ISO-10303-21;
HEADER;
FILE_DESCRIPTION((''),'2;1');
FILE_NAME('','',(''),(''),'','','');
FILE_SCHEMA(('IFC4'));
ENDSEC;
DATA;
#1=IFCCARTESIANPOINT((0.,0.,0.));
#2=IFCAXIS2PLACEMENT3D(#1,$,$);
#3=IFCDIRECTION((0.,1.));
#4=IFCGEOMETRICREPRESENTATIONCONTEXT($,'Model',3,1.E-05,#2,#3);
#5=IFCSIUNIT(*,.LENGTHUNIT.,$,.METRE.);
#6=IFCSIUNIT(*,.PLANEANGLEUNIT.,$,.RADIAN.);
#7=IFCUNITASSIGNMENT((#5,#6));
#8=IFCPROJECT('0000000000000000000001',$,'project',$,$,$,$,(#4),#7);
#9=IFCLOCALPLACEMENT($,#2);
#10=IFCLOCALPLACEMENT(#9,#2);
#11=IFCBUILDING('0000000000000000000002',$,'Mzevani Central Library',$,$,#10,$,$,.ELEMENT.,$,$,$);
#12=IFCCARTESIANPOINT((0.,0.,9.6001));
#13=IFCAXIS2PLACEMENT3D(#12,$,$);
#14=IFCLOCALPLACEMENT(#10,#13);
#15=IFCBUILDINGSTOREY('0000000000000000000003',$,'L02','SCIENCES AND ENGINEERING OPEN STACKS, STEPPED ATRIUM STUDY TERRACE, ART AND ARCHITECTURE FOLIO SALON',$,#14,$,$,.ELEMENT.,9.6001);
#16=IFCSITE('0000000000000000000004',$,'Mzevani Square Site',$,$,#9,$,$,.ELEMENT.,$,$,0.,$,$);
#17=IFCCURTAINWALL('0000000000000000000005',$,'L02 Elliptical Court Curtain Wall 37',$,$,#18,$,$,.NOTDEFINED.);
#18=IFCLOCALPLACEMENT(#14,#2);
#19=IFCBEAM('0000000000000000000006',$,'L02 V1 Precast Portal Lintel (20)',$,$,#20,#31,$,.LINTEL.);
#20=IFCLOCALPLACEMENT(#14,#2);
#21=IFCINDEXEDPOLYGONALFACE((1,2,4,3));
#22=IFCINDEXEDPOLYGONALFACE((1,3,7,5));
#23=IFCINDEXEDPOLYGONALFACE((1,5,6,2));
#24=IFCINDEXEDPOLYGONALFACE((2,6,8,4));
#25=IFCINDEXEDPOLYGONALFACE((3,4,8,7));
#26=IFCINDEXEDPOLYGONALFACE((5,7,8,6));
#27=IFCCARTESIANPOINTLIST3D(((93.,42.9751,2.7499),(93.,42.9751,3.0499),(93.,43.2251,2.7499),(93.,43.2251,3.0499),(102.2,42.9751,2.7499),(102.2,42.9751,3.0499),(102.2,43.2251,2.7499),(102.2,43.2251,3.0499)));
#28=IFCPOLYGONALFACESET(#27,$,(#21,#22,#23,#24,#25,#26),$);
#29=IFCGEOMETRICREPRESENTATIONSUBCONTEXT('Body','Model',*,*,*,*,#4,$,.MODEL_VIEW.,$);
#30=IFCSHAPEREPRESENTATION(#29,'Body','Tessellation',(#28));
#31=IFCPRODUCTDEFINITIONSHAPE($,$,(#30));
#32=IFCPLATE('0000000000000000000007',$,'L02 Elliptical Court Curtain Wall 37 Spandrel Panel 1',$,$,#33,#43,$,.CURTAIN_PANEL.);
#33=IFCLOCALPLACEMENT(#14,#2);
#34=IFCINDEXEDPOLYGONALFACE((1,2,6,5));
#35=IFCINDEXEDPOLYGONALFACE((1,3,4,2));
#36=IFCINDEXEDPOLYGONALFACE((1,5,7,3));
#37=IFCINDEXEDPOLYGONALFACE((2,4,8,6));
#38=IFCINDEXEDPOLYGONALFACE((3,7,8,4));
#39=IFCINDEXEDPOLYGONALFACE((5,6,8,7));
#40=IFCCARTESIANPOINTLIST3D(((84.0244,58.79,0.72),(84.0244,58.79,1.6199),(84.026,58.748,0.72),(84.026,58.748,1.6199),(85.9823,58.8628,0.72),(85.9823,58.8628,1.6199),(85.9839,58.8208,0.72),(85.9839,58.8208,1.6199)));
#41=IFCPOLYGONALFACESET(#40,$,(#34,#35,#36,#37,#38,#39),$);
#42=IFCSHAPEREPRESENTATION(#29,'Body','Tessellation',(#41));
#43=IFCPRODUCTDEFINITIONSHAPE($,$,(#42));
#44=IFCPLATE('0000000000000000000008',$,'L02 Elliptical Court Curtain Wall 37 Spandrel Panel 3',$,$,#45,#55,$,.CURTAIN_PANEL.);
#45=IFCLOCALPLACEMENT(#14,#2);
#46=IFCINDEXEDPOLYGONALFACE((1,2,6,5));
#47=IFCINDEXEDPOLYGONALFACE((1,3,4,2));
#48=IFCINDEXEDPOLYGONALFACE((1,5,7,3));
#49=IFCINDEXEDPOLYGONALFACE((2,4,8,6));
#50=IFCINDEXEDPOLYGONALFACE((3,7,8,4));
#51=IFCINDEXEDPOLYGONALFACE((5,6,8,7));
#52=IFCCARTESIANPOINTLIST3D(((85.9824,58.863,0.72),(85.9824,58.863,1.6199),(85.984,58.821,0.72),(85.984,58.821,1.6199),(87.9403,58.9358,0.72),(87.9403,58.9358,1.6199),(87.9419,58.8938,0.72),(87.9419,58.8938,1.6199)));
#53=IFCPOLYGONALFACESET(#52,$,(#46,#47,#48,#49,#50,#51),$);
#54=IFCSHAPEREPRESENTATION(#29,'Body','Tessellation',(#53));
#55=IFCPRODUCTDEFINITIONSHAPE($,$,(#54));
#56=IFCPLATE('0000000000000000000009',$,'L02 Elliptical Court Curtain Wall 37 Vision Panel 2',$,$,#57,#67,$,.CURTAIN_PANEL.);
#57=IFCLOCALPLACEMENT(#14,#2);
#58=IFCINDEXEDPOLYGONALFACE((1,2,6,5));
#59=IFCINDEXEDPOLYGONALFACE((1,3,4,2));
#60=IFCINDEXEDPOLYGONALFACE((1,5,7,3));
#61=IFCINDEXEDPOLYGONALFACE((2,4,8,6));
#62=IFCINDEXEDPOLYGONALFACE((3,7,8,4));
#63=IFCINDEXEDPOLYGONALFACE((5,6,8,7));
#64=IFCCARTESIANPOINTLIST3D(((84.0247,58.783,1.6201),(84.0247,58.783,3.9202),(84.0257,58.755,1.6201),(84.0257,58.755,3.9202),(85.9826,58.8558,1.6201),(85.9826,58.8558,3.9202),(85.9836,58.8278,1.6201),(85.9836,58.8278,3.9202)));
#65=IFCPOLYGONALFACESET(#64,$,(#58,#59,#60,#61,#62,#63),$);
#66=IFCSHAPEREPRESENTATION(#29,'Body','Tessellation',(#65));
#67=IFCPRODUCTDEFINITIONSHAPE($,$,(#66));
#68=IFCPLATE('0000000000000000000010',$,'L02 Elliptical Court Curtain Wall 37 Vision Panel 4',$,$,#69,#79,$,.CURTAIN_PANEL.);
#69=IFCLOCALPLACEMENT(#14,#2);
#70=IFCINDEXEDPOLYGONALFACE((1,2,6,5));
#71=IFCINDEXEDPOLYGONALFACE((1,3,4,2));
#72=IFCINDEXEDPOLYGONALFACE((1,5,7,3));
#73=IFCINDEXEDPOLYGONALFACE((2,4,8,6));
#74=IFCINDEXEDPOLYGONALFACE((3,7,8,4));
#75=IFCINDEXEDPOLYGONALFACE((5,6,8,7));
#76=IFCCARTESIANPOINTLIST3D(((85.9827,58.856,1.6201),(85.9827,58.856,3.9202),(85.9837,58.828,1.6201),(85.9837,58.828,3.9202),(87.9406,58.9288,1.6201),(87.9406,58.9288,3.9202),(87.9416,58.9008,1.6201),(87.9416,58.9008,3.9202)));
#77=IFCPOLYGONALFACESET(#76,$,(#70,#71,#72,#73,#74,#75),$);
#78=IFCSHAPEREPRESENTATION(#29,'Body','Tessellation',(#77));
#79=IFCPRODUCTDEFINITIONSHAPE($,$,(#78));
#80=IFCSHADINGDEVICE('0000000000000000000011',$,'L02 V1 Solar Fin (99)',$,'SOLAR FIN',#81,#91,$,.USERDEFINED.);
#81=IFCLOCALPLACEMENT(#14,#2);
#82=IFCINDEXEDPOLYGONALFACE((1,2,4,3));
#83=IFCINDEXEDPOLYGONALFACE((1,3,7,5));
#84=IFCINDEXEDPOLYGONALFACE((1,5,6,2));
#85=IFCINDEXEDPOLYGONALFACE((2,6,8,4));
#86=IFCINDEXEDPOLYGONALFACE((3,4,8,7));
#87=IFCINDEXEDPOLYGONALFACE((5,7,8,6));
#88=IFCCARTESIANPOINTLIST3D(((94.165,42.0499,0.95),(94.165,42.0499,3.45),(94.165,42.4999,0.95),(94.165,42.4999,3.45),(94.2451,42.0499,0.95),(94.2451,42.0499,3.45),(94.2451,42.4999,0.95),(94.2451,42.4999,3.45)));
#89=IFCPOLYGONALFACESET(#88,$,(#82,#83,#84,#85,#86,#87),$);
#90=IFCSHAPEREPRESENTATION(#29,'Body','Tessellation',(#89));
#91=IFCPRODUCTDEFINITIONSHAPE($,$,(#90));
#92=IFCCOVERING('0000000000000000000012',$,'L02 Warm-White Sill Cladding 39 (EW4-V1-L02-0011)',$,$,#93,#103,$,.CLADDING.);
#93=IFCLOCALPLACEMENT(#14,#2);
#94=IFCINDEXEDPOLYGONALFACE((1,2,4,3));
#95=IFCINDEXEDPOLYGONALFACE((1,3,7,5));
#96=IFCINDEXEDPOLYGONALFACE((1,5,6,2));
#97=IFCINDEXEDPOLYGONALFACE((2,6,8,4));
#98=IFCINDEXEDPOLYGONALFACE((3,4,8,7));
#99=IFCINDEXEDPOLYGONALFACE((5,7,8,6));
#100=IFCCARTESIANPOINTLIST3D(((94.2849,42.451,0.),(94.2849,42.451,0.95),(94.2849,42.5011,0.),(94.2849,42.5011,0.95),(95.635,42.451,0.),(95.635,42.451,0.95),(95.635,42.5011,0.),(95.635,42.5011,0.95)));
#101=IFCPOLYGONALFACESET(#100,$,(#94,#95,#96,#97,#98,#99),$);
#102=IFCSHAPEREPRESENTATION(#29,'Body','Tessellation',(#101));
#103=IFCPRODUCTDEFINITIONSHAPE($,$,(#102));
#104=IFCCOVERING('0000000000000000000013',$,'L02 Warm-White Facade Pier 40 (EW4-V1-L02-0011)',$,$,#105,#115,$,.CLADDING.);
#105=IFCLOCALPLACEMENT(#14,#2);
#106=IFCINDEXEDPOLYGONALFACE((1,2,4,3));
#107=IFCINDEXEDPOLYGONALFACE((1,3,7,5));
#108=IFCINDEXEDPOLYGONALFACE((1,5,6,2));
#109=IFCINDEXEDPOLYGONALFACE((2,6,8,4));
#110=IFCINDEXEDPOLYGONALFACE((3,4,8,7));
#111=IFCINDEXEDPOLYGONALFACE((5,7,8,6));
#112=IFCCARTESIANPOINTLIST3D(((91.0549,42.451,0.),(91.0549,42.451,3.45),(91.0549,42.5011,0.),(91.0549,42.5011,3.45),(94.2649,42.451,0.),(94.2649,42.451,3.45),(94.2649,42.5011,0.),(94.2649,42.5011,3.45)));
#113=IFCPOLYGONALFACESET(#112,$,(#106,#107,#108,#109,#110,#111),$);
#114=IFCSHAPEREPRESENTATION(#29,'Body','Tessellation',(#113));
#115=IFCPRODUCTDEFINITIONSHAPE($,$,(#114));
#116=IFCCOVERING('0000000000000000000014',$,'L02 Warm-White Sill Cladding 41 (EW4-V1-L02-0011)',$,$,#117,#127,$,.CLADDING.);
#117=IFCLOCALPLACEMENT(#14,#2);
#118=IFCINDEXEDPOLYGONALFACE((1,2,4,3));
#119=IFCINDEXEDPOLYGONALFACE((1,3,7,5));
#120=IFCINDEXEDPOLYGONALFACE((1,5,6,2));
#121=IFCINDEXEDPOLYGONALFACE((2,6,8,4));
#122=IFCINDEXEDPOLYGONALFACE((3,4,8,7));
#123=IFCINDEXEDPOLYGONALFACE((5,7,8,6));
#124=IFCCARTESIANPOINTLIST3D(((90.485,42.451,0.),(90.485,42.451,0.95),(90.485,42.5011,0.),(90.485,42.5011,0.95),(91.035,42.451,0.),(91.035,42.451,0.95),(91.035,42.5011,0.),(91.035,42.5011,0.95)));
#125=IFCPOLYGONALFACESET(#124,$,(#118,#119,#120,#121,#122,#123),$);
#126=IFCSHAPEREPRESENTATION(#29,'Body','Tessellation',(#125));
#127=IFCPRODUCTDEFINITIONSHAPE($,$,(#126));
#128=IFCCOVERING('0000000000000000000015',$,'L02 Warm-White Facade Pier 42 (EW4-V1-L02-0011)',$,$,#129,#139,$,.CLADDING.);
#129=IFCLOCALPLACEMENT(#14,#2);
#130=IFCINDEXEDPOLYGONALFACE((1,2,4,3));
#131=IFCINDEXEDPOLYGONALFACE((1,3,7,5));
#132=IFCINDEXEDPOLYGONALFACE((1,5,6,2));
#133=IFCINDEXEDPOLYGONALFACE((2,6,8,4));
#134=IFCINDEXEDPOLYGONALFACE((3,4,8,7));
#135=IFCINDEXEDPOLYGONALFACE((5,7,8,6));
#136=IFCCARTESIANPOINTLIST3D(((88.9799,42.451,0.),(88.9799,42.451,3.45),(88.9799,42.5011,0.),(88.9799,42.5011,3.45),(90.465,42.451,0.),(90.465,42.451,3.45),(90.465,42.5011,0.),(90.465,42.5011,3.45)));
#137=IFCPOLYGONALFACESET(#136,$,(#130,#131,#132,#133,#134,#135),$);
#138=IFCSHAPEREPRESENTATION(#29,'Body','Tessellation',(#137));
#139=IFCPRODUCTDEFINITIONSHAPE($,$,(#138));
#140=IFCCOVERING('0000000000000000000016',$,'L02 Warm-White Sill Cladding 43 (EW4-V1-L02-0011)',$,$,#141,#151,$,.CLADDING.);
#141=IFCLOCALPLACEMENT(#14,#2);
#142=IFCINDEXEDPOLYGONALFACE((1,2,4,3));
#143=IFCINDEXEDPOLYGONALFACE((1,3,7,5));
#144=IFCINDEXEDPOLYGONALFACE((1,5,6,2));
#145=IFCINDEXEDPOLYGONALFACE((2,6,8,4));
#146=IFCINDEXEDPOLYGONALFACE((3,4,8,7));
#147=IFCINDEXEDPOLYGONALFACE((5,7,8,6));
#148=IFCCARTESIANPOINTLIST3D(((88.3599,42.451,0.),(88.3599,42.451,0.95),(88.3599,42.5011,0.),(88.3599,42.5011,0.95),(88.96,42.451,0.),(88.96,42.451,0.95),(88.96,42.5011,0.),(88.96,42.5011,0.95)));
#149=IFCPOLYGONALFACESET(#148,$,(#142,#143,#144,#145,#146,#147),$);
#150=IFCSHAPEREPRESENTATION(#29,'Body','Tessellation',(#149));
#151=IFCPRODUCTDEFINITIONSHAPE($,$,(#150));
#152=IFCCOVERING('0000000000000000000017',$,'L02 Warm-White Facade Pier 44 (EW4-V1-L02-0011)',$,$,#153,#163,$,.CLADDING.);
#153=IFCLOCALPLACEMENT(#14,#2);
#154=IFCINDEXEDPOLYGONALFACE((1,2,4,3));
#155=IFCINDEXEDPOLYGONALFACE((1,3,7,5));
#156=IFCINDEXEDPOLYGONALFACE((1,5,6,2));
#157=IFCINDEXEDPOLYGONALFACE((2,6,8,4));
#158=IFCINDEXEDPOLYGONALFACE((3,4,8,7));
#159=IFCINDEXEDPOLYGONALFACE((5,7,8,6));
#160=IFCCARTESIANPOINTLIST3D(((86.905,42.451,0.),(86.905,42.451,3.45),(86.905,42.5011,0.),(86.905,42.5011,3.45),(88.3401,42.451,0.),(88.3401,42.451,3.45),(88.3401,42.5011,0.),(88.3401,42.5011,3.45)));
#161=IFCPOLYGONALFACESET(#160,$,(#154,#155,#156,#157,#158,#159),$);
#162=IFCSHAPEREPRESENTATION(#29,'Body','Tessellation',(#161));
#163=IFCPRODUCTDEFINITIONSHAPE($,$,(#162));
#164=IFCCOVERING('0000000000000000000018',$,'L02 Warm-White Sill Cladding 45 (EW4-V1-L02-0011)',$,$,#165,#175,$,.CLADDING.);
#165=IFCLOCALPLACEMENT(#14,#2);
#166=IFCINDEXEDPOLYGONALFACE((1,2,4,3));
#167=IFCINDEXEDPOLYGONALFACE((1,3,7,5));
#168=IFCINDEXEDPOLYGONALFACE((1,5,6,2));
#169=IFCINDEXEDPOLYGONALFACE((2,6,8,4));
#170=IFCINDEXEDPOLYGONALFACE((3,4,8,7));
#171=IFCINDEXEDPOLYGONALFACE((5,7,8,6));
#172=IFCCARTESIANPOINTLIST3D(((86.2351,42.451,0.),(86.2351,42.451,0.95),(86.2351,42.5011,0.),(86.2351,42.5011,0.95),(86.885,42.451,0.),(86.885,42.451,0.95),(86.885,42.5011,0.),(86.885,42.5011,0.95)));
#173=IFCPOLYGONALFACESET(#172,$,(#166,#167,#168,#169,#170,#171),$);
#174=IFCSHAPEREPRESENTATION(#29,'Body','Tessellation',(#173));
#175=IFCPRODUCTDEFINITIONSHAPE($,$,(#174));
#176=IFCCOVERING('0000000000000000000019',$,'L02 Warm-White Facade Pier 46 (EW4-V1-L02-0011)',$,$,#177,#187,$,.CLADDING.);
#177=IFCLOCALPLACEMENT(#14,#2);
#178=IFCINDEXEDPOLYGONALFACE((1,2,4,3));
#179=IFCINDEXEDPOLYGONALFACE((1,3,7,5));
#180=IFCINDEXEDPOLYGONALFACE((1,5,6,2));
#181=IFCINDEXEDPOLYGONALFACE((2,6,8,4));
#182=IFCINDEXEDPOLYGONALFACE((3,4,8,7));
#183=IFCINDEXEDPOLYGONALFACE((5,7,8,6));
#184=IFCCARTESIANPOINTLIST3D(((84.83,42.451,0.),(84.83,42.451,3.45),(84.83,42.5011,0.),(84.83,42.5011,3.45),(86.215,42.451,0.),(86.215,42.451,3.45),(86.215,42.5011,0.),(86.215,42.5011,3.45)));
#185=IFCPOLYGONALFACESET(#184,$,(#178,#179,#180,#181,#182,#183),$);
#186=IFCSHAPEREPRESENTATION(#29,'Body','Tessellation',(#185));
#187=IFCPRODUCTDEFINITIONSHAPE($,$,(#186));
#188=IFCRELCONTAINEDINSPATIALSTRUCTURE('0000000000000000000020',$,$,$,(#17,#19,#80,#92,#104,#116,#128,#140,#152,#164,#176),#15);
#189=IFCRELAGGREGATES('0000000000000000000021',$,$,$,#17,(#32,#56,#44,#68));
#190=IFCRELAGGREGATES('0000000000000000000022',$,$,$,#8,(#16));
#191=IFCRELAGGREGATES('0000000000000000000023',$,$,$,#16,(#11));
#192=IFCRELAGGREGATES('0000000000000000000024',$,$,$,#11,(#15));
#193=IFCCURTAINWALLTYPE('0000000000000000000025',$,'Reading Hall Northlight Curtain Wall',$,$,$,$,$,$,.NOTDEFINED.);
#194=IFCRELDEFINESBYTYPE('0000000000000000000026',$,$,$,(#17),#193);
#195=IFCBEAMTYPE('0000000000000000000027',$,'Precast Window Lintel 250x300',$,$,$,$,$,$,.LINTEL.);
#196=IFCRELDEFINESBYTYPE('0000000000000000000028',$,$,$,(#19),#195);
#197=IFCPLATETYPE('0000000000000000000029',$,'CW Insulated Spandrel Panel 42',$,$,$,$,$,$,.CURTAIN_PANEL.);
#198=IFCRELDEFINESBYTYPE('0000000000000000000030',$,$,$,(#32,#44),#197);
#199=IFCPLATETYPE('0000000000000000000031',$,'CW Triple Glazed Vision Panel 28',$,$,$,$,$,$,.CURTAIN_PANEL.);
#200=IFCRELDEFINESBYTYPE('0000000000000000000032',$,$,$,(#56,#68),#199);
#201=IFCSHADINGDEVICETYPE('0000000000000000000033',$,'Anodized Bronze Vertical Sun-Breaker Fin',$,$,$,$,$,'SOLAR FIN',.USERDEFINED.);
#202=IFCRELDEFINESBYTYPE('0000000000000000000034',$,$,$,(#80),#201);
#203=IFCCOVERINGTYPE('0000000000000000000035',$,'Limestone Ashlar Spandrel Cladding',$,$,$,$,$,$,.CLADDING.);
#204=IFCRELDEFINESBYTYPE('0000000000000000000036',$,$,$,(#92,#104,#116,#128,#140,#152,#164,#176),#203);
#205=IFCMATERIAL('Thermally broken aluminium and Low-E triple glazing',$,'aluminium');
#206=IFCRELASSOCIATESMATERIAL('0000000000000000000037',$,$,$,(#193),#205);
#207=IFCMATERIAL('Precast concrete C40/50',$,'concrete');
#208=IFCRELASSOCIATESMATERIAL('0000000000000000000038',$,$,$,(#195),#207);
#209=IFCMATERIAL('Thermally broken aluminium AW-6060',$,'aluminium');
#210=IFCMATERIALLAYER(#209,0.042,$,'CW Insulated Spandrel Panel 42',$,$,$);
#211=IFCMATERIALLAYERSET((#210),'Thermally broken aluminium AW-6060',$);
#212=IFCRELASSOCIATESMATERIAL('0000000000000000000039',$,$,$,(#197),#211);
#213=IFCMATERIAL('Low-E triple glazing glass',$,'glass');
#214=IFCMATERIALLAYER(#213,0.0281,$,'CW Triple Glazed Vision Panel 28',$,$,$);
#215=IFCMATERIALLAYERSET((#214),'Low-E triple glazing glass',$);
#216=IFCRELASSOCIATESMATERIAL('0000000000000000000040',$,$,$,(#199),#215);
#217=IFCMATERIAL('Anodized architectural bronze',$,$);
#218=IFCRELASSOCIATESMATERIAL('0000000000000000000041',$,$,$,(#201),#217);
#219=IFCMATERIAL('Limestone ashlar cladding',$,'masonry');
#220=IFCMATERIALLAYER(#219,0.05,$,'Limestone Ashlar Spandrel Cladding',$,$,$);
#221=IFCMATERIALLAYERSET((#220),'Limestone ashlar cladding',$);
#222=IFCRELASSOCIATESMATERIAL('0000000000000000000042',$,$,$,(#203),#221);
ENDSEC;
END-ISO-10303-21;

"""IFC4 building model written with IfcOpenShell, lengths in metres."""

from ifc_helpers import new_model, si_unit, direction, frame, origin, origin_2d, place, context, subcontext, project, spatial, rectangle, extrude, material, layer, layer_set, material_profile, profile_set, type_object, element, aggregate, save


model = new_model("IFC4")

# Units and contexts
model_context = context("Model", 3, precision=1e-05, world=origin(), true_north=direction((0.0, 1.0)))
body_context = subcontext(model_context, "Body", "Model", "MODEL_VIEW")
ifc_project = project(units=[si_unit("LENGTHUNIT", "METRE"), si_unit("PLANEANGLEUNIT", "RADIAN")], contexts=[model_context])

# Site, building, storey
site_placement = place(None, origin())
site = spatial("IfcSite", under=ifc_project, at=site_placement, Name="Mzevani Square Site", CompositionType="ELEMENT", RefElevation=0.0)
building_placement = place(site_placement, origin())
building = spatial("IfcBuilding", under=site, at=building_placement, Name="Mzevani Central Library", CompositionType="ELEMENT")
storey_placement = place(building_placement, frame((0.0, 0.0, 9.6001)))
storey = spatial("IfcBuildingStorey", under=building, at=storey_placement, Name="L02", Description="SCIENCES AND ENGINEERING OPEN STACKS, STEPPED ATRIUM STUDY TERRACE, ART AND ARCHITECTURE FOLIO SALON", CompositionType="ELEMENT", Elevation=9.6001)

# Curtain wall
ifc_material_1 = material(Name="Thermally broken aluminium and Low-E triple glazing", Category="aluminium")
curtain_wall_type = type_object("IfcCurtainWallType", Name="Reading Hall Northlight Curtain Wall", PredefinedType="NOTDEFINED", material=ifc_material_1)
curtain_wall_placement = place(storey_placement, origin())
curtain_wall = element("IfcCurtainWall", 1, at=curtain_wall_placement, inside=storey, type_object=curtain_wall_type, Name="L02 Elliptical Court Curtain Wall 37", PredefinedType="NOTDEFINED")
ifc_material_2 = material(Name="Thermally broken aluminium AW-6060", Category="aluminium")

# Beam
ifc_material_3 = material(Name="Precast concrete C40/50", Category="concrete")
ifc_material_profile_1 = material_profile(ifc_material_3, rectangle(XDim=0.25, YDim=0.3, at=origin_2d()), Name="PC LN250x300")
ifc_profile_set_1 = profile_set([ifc_material_profile_1], Name="Precast concrete C40/50")
beam_type_1 = type_object("IfcBeamType", Name="Precast Window Lintel 250x300", PredefinedType="LINTEL", material=ifc_profile_set_1)
beam_1_placement = place(storey_placement, frame((93.0, 43.1001, 2.8999), z_axis=(1.0, 0.0, 0.0), x_axis=(0.0, 1.0, 0.0)))
element("IfcBeam", 2, at=beam_1_placement, inside=storey, type_object=beam_type_1, Name="L02 V1 Precast Portal Lintel (20)", PredefinedType="LINTEL", context=body_context, shape_type="SweptSolid", body=[
    extrude(rectangle(XDim=0.25, YDim=0.3, at=origin_2d()), origin(), (0.0, 0.0, 1.0), 9.2),
])

# Plates
ifc_layer_1 = layer(ifc_material_2, 0.042, Name="CW Insulated Spandrel Panel 42")
ifc_layer_set_1 = layer_set([ifc_layer_1], Name="Thermally broken aluminium AW-6060")
plate_type_1 = type_object("IfcPlateType", Name="CW Insulated Spandrel Panel 42", PredefinedType="CURTAIN_PANEL", material=ifc_layer_set_1)
plate_1_placement = place(storey_placement, frame((85.0042, 58.8054, 0.72), z_axis=(0.0, 0.0, 1.0), x_axis=(0.999309, 0.037158, 0.0)))
plate_1 = element("IfcPlate", 3, at=plate_1_placement, type_object=plate_type_1, Name="L02 Elliptical Court Curtain Wall 37 Spandrel Panel 1", PredefinedType="CURTAIN_PANEL", context=body_context, shape_type="SweptSolid", body=[
    extrude(rectangle(XDim=1.9592, YDim=0.042, at=origin_2d()), origin(), (0.0, 0.0, 1.0), 0.8999),
])
plate_2_placement = place(storey_placement, frame((86.9622, 58.8784, 0.72), z_axis=(0.0, 0.0, 1.0), x_axis=(0.999309, 0.037158, 0.0)))
plate_2 = element("IfcPlate", 4, at=plate_2_placement, type_object=plate_type_1, Name="L02 Elliptical Court Curtain Wall 37 Spandrel Panel 3", PredefinedType="CURTAIN_PANEL", context=body_context, shape_type="SweptSolid", body=[
    extrude(rectangle(XDim=1.9592, YDim=0.042, at=origin_2d()), origin(), (0.0, 0.0, 1.0), 0.8999),
])
ifc_material_4 = material(Name="Low-E triple glazing glass", Category="glass")
ifc_layer_2 = layer(ifc_material_4, 0.0281, Name="CW Triple Glazed Vision Panel 28")
ifc_layer_set_2 = layer_set([ifc_layer_2], Name="Low-E triple glazing glass")
plate_type_2 = type_object("IfcPlateType", Name="CW Triple Glazed Vision Panel 28", PredefinedType="CURTAIN_PANEL", material=ifc_layer_set_2)
plate_3_placement = place(storey_placement, frame((85.0042, 58.8054, 1.6201), z_axis=(0.0, 0.0, 1.0), x_axis=(0.999309, 0.037158, 0.0)))
plate_3 = element("IfcPlate", 5, at=plate_3_placement, type_object=plate_type_2, Name="L02 Elliptical Court Curtain Wall 37 Vision Panel 2", PredefinedType="CURTAIN_PANEL", context=body_context, shape_type="SweptSolid", body=[
    extrude(rectangle(XDim=1.9592, YDim=0.0281, at=origin_2d()), origin(), (0.0, 0.0, 1.0), 2.3),
])
plate_4_placement = place(storey_placement, frame((86.9622, 58.8784, 1.6201), z_axis=(0.0, 0.0, 1.0), x_axis=(0.999309, 0.037158, 0.0)))
plate_4 = element("IfcPlate", 6, at=plate_4_placement, type_object=plate_type_2, Name="L02 Elliptical Court Curtain Wall 37 Vision Panel 4", PredefinedType="CURTAIN_PANEL", context=body_context, shape_type="SweptSolid", body=[
    extrude(rectangle(XDim=1.9592, YDim=0.0281, at=origin_2d()), origin(), (0.0, 0.0, 1.0), 2.3),
])
aggregate(curtain_wall, [plate_1, plate_3, plate_2, plate_4])

# Shading device
ifc_material_5 = material(Name="Anodized architectural bronze")
shading_device_type = type_object("IfcShadingDeviceType", Name="Anodized Bronze Vertical Sun-Breaker Fin", ElementType="SOLAR FIN", PredefinedType="USERDEFINED", material=ifc_material_5)
shading_device_placement = place(storey_placement, frame((94.2051, 42.2749, 0.95), z_axis=(0.0, 0.0, 1.0), x_axis=(-1.0, 0.0, 0.0)))
element("IfcShadingDevice", 7, at=shading_device_placement, inside=storey, type_object=shading_device_type, Name="L02 V1 Solar Fin (99)", ObjectType="SOLAR FIN", PredefinedType="USERDEFINED", context=body_context, shape_type="SweptSolid", body=[
    extrude(rectangle(XDim=0.0801, YDim=0.45, at=origin_2d()), origin(), (0.0, 0.0, 1.0), 2.5),
])

# Coverings
ifc_material_6 = material(Name="Limestone ashlar cladding", Category="masonry")
ifc_layer_3 = layer(ifc_material_6, 0.05, Name="Limestone Ashlar Spandrel Cladding")
ifc_layer_set_3 = layer_set([ifc_layer_3], Name="Limestone ashlar cladding")
covering_type = type_object("IfcCoveringType", Name="Limestone Ashlar Spandrel Cladding", PredefinedType="CLADDING", material=ifc_layer_set_3)
covering_1_placement = place(storey_placement, frame((94.96, 42.4761, 0.0), z_axis=(0.0, 0.0, 1.0), x_axis=(-1.0, 0.0, 0.0)))
element("IfcCovering", 8, at=covering_1_placement, inside=storey, type_object=covering_type, Name="L02 Warm-White Sill Cladding 39 (EW4-V1-L02-0011)", PredefinedType="CLADDING", context=body_context, shape_type="SweptSolid", body=[
    extrude(rectangle(XDim=1.3501, YDim=0.05, at=origin_2d()), origin(), (0.0, 0.0, 1.0), 0.95),
])
covering_2_placement = place(storey_placement, frame((92.6599, 42.4761, 0.0), z_axis=(0.0, 0.0, 1.0), x_axis=(-1.0, 0.0, 0.0)))
element("IfcCovering", 9, at=covering_2_placement, inside=storey, type_object=covering_type, Name="L02 Warm-White Facade Pier 40 (EW4-V1-L02-0011)", PredefinedType="CLADDING", context=body_context, shape_type="SweptSolid", body=[
    extrude(rectangle(XDim=3.21, YDim=0.05, at=origin_2d()), origin(), (0.0, 0.0, 1.0), 3.45),
])
covering_3_placement = place(storey_placement, frame((90.76, 42.4761, 0.0), z_axis=(0.0, 0.0, 1.0), x_axis=(-1.0, 0.0, 0.0)))
element("IfcCovering", 10, at=covering_3_placement, inside=storey, type_object=covering_type, Name="L02 Warm-White Sill Cladding 41 (EW4-V1-L02-0011)", PredefinedType="CLADDING", context=body_context, shape_type="SweptSolid", body=[
    extrude(rectangle(XDim=0.55, YDim=0.05, at=origin_2d()), origin(), (0.0, 0.0, 1.0), 0.95),
])
covering_4_placement = place(storey_placement, frame((89.7224, 42.4761, 0.0), z_axis=(0.0, 0.0, 1.0), x_axis=(-1.0, 0.0, 0.0)))
element("IfcCovering", 11, at=covering_4_placement, inside=storey, type_object=covering_type, Name="L02 Warm-White Facade Pier 42 (EW4-V1-L02-0011)", PredefinedType="CLADDING", context=body_context, shape_type="SweptSolid", body=[
    extrude(rectangle(XDim=1.4851, YDim=0.05, at=origin_2d()), origin(), (0.0, 0.0, 1.0), 3.45),
])
covering_5_placement = place(storey_placement, frame((88.6599, 42.4761, 0.0), z_axis=(0.0, 0.0, 1.0), x_axis=(-1.0, 0.0, 0.0)))
element("IfcCovering", 12, at=covering_5_placement, inside=storey, type_object=covering_type, Name="L02 Warm-White Sill Cladding 43 (EW4-V1-L02-0011)", PredefinedType="CLADDING", context=body_context, shape_type="SweptSolid", body=[
    extrude(rectangle(XDim=0.6001, YDim=0.05, at=origin_2d()), origin(), (0.0, 0.0, 1.0), 0.95),
])
covering_6_placement = place(storey_placement, frame((87.6226, 42.4761, 0.0), z_axis=(0.0, 0.0, 1.0), x_axis=(-1.0, 0.0, 0.0)))
element("IfcCovering", 13, at=covering_6_placement, inside=storey, type_object=covering_type, Name="L02 Warm-White Facade Pier 44 (EW4-V1-L02-0011)", PredefinedType="CLADDING", context=body_context, shape_type="SweptSolid", body=[
    extrude(rectangle(XDim=1.4351, YDim=0.05, at=origin_2d()), origin(), (0.0, 0.0, 1.0), 3.45),
])
covering_7_placement = place(storey_placement, frame((86.5601, 42.4761, 0.0), z_axis=(0.0, 0.0, 1.0), x_axis=(-1.0, 0.0, 0.0)))
element("IfcCovering", 14, at=covering_7_placement, inside=storey, type_object=covering_type, Name="L02 Warm-White Sill Cladding 45 (EW4-V1-L02-0011)", PredefinedType="CLADDING", context=body_context, shape_type="SweptSolid", body=[
    extrude(rectangle(XDim=0.6499, YDim=0.05, at=origin_2d()), origin(), (0.0, 0.0, 1.0), 0.95),
])
covering_8_placement = place(storey_placement, frame((85.5225, 42.4761, 0.0), z_axis=(0.0, 0.0, 1.0), x_axis=(-1.0, 0.0, 0.0)))
element("IfcCovering", 15, at=covering_8_placement, inside=storey, type_object=covering_type, Name="L02 Warm-White Facade Pier 46 (EW4-V1-L02-0011)", PredefinedType="CLADDING", context=body_context, shape_type="SweptSolid", body=[
    extrude(rectangle(XDim=1.385, YDim=0.05, at=origin_2d()), origin(), (0.0, 0.0, 1.0), 3.45),
])

save(model, "model.ifc")
